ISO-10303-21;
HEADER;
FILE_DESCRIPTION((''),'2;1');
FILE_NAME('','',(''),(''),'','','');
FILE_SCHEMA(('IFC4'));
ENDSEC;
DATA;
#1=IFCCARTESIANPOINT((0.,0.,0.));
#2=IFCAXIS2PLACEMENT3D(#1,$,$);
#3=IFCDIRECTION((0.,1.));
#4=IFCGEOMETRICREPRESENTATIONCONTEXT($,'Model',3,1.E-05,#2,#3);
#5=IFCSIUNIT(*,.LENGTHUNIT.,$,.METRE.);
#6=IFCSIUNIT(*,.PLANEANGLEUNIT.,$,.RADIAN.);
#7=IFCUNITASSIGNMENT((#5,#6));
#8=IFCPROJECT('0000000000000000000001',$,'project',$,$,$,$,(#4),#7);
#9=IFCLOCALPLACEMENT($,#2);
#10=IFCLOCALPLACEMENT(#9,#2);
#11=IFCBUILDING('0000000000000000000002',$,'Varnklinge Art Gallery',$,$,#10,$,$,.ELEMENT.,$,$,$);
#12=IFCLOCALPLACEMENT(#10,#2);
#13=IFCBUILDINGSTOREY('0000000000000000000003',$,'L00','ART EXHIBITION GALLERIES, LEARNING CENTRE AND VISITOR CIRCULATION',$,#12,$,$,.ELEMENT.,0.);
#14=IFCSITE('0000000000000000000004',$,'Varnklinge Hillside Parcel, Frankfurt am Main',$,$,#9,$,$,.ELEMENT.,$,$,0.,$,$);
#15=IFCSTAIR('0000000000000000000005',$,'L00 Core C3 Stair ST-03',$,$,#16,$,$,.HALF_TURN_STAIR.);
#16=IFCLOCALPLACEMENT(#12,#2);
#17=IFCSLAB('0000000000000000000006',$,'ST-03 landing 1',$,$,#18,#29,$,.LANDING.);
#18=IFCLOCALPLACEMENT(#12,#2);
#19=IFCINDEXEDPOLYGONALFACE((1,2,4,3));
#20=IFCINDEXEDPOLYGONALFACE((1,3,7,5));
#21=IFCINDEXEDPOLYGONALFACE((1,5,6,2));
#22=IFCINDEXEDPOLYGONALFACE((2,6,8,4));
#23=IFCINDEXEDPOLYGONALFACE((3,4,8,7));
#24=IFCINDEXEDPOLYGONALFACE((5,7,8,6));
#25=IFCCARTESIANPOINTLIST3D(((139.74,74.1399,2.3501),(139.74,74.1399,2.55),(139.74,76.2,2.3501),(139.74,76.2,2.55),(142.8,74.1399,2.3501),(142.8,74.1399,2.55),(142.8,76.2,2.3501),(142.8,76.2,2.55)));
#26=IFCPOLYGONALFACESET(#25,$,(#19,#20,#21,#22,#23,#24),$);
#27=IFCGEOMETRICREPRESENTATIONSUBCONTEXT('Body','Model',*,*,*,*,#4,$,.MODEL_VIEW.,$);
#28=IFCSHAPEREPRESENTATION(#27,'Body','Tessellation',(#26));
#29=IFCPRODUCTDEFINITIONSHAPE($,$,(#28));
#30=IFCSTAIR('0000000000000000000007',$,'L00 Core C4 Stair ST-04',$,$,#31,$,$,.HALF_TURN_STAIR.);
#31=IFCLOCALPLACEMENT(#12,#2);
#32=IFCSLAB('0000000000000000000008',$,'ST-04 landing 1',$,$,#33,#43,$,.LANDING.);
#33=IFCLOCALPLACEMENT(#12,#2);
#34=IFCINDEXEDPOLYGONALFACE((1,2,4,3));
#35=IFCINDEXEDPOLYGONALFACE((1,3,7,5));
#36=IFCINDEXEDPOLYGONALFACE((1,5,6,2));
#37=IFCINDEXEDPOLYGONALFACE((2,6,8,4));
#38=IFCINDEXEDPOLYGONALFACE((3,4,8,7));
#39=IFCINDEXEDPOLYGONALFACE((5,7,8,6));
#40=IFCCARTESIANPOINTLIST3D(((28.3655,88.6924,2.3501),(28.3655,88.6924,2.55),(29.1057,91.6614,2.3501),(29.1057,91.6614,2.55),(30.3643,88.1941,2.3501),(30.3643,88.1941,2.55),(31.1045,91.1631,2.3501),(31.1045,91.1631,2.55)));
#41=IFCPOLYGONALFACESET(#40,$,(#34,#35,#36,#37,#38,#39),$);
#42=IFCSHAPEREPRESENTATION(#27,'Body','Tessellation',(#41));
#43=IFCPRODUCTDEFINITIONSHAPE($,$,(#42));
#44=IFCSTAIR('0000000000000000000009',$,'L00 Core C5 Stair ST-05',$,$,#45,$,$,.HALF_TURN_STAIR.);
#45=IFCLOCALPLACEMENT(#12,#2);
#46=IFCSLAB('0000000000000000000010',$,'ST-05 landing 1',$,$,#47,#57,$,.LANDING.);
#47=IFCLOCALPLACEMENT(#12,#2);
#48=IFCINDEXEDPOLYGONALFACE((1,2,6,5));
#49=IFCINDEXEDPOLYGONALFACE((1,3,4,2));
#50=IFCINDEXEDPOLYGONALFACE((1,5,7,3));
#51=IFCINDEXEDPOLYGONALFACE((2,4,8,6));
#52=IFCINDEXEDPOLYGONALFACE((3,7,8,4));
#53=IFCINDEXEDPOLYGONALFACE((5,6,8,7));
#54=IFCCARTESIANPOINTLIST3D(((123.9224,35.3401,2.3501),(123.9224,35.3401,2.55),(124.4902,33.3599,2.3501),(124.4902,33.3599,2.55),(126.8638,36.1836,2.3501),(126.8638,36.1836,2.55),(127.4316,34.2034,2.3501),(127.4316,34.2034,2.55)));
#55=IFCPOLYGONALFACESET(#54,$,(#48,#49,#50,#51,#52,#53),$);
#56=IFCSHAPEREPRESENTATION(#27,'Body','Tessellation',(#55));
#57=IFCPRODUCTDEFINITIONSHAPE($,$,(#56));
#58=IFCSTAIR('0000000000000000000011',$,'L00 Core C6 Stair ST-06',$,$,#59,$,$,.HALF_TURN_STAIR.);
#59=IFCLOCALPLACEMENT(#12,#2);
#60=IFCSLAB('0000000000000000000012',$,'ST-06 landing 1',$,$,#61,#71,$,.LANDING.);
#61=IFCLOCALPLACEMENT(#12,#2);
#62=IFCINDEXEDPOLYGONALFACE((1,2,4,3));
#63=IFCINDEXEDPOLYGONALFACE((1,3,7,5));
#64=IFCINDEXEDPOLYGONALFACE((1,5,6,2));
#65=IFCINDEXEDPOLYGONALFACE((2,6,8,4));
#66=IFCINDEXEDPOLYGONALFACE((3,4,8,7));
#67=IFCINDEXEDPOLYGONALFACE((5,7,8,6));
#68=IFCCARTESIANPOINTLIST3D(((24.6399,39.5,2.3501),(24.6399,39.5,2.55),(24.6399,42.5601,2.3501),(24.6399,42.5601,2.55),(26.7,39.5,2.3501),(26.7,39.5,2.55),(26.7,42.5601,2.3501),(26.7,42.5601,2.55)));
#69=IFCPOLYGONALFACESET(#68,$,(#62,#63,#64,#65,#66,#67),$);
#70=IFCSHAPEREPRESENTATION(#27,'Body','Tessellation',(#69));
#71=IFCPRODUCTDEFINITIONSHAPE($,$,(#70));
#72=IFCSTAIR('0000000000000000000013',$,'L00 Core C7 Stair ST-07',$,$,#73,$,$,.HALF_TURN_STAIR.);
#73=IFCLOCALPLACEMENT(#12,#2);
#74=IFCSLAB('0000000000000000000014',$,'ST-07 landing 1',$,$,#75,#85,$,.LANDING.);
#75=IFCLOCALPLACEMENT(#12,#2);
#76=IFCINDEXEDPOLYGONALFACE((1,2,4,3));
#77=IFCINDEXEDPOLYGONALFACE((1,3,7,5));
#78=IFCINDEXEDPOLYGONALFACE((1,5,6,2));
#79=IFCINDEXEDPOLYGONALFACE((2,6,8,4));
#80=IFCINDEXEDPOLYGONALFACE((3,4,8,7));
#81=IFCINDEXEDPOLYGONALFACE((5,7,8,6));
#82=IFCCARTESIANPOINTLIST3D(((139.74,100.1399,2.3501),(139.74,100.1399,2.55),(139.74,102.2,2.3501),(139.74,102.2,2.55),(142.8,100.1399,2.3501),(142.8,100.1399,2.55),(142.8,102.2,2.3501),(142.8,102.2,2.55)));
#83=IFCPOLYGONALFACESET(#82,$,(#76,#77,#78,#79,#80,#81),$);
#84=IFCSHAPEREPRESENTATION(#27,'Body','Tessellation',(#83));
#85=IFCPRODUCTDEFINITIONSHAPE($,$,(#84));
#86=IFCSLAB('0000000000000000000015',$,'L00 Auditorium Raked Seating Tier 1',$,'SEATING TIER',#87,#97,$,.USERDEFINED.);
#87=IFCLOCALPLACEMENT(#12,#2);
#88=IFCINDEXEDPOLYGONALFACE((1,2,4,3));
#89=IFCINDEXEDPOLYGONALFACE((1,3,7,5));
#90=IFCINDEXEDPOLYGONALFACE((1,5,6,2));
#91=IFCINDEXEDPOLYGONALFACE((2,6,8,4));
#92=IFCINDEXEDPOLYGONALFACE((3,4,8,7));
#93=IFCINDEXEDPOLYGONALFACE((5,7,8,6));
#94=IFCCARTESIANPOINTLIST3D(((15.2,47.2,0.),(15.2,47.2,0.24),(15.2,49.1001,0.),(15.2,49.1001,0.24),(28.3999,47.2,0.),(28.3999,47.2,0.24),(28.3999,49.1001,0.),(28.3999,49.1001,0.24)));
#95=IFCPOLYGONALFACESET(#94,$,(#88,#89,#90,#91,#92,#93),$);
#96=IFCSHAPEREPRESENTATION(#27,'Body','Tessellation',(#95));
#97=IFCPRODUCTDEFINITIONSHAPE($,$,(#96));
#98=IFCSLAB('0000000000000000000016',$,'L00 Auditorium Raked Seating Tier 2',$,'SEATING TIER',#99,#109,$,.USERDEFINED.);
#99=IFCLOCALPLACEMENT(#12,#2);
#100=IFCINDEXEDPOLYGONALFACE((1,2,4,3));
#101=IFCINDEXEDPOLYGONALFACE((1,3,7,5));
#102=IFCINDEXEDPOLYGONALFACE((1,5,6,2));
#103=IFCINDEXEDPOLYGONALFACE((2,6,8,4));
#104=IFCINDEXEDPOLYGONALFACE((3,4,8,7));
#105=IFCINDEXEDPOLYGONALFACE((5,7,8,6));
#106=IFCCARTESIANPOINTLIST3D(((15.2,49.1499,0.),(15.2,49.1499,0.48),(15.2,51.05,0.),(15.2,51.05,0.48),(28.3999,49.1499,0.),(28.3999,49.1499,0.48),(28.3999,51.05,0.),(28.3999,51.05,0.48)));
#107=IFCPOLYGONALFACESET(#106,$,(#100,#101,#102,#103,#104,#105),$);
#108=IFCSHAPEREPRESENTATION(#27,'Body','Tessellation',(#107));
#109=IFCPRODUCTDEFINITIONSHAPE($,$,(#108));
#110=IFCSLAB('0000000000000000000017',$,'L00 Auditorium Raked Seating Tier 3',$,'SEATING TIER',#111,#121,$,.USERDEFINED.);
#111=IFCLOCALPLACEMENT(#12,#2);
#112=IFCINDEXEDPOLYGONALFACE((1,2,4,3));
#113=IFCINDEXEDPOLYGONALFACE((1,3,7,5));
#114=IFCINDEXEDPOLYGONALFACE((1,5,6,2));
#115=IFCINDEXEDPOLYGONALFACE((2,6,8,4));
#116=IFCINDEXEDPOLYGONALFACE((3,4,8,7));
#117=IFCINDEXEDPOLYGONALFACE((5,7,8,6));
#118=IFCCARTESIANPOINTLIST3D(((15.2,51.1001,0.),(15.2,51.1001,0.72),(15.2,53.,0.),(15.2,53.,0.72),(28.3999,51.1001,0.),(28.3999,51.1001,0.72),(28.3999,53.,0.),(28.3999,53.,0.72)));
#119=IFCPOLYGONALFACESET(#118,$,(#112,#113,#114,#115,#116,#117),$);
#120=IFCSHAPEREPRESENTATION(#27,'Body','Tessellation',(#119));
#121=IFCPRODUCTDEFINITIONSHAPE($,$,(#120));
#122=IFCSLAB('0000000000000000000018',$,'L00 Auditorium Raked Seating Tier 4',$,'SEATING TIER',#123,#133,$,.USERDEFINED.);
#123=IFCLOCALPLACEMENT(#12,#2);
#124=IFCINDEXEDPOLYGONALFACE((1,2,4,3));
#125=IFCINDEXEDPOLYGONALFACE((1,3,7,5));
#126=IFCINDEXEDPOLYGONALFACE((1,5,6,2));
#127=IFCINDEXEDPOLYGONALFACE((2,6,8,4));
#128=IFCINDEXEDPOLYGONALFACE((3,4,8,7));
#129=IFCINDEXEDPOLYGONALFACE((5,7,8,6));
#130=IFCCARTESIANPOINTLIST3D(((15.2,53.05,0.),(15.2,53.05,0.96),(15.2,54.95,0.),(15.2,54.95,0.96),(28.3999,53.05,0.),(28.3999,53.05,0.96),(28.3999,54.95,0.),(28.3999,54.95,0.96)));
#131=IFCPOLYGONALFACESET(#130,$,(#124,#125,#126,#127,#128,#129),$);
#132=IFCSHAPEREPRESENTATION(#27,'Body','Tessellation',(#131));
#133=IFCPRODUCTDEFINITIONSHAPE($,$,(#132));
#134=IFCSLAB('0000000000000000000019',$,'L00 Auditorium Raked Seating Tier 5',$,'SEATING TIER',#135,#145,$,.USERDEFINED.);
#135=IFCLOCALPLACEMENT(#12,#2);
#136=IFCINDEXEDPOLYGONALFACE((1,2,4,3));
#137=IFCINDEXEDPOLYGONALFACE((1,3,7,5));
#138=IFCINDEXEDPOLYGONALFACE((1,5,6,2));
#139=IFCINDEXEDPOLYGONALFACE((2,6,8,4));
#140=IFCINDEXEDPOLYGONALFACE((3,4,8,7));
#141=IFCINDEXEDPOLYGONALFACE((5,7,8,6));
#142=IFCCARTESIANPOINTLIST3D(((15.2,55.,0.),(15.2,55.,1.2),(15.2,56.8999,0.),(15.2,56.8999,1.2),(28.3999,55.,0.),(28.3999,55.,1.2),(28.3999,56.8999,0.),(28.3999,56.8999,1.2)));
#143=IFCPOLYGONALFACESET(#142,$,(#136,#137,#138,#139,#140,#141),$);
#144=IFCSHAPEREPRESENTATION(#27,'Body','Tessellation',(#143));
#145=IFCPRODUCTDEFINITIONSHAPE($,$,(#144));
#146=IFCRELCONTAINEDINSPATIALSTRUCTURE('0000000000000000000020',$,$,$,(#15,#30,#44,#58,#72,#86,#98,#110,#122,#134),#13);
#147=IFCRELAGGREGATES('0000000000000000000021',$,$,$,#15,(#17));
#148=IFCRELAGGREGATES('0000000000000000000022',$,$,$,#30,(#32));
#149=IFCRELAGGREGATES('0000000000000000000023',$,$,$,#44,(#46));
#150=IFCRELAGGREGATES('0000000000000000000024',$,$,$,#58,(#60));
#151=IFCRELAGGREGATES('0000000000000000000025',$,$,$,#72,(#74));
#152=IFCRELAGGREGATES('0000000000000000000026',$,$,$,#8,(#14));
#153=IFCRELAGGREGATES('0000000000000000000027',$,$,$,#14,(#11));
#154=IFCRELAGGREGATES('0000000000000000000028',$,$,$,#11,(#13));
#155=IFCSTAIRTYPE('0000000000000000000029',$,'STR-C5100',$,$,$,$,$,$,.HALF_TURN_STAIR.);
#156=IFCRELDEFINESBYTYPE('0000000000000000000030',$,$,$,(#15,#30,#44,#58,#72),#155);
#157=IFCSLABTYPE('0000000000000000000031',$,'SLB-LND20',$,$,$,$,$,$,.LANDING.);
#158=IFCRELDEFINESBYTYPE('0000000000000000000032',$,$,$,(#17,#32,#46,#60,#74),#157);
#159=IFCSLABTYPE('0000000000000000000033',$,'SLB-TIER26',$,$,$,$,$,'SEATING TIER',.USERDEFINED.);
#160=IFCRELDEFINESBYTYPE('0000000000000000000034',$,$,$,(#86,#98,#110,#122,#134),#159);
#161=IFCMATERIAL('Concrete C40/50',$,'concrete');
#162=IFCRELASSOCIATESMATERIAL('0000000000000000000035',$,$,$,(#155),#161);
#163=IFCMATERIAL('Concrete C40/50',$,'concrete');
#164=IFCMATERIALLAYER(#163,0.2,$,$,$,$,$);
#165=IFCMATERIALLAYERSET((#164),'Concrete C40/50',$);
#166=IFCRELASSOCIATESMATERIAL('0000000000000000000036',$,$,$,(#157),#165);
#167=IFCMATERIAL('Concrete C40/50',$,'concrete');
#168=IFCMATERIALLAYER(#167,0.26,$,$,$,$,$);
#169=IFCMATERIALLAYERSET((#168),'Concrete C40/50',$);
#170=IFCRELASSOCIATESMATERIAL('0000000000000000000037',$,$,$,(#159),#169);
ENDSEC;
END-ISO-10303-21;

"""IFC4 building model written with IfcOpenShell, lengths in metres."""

from ifc_helpers import new_model, si_unit, direction, frame, origin, place, context, subcontext, project, spatial, polyline, outline, extrude, material, layer, layer_set, type_object, element, aggregate, save


model = new_model("IFC4")

# Units and contexts
model_context = context("Model", 3, precision=1e-05, world=origin(), true_north=direction((0.0, 1.0)))
body_context = subcontext(model_context, "Body", "Model", "MODEL_VIEW")
ifc_project = project(units=[si_unit("LENGTHUNIT", "METRE"), si_unit("PLANEANGLEUNIT", "RADIAN")], contexts=[model_context])

# Site, building, storey
site_placement = place(None, origin())
site = spatial("IfcSite", under=ifc_project, at=site_placement, Name="Varnklinge Hillside Parcel, Frankfurt am Main", CompositionType="ELEMENT", RefElevation=0.0)
building_placement = place(site_placement, origin())
building = spatial("IfcBuilding", under=site, at=building_placement, Name="Varnklinge Art Gallery", CompositionType="ELEMENT")
storey_placement = place(building_placement, origin())
storey = spatial("IfcBuildingStorey", under=building, at=storey_placement, Name="L00", Description="ART EXHIBITION GALLERIES, LEARNING CENTRE AND VISITOR CIRCULATION", CompositionType="ELEMENT", Elevation=0.0)

# Stairs, slabs
ifc_material_1 = material(Name="Concrete C40/50", Category="concrete")
stair_type = type_object("IfcStairType", Name="STR-C5100", PredefinedType="HALF_TURN_STAIR", material=ifc_material_1)
ifc_material_2 = material(Name="Concrete C40/50", Category="concrete")
ifc_layer_1 = layer(ifc_material_2, 0.2)
ifc_layer_set_1 = layer_set([ifc_layer_1], Name="Concrete C40/50")
slab_type_1 = type_object("IfcSlabType", Name="SLB-LND20", PredefinedType="LANDING", material=ifc_layer_set_1)
stair_1_placement = place(storey_placement, origin())
stair_1 = element("IfcStair", 1, at=stair_1_placement, inside=storey, type_object=stair_type, Name="L00 Core C3 Stair ST-03", PredefinedType="HALF_TURN_STAIR")
slab_1_placement = place(storey_placement, frame((0.0, 0.0, 2.3501)))
slab_1 = element("IfcSlab", 2, at=slab_1_placement, type_object=slab_type_1, Name="ST-03 landing 1", PredefinedType="LANDING", context=body_context, shape_type="SweptSolid", body=[
    extrude(outline(polyline([(142.8, 74.1399), (142.8, 76.2), (139.74, 76.2), (139.74, 74.1399), (142.8, 74.1399)])), origin(), (0.0, 0.0, 1.0), 0.2),
])
aggregate(stair_1, [slab_1])
stair_2_placement = place(storey_placement, origin())
stair_2 = element("IfcStair", 3, at=stair_2_placement, inside=storey, type_object=stair_type, Name="L00 Core C4 Stair ST-04", PredefinedType="HALF_TURN_STAIR")
slab_2_placement = place(storey_placement, frame((0.0, 0.0, 2.3501)))
slab_2 = element("IfcSlab", 4, at=slab_2_placement, type_object=slab_type_1, Name="ST-04 landing 1", PredefinedType="LANDING", context=body_context, shape_type="SweptSolid", body=[
    extrude(outline(polyline([(28.3655, 88.6924), (30.3643, 88.1941), (31.1045, 91.1631), (29.1057, 91.6614), (28.3655, 88.6924)])), origin(), (0.0, 0.0, 1.0), 0.2),
])
aggregate(stair_2, [slab_2])
stair_3_placement = place(storey_placement, origin())
stair_3 = element("IfcStair", 5, at=stair_3_placement, inside=storey, type_object=stair_type, Name="L00 Core C5 Stair ST-05", PredefinedType="HALF_TURN_STAIR")
slab_3_placement = place(storey_placement, frame((0.0, 0.0, 2.3501)))
slab_3 = element("IfcSlab", 6, at=slab_3_placement, type_object=slab_type_1, Name="ST-05 landing 1", PredefinedType="LANDING", context=body_context, shape_type="SweptSolid", body=[
    extrude(outline(polyline([(127.4316, 34.2034), (126.8638, 36.1836), (123.9224, 35.3401), (124.4902, 33.3599), (127.4316, 34.2034)])), origin(), (0.0, 0.0, 1.0), 0.2),
])
aggregate(stair_3, [slab_3])
stair_4_placement = place(storey_placement, origin())
stair_4 = element("IfcStair", 7, at=stair_4_placement, inside=storey, type_object=stair_type, Name="L00 Core C6 Stair ST-06", PredefinedType="HALF_TURN_STAIR")
slab_4_placement = place(storey_placement, frame((0.0, 0.0, 2.3501)))
slab_4 = element("IfcSlab", 8, at=slab_4_placement, type_object=slab_type_1, Name="ST-06 landing 1", PredefinedType="LANDING", context=body_context, shape_type="SweptSolid", body=[
    extrude(outline(polyline([(24.6399, 39.5), (26.7, 39.5), (26.7, 42.5601), (24.6399, 42.5601), (24.6399, 39.5)])), origin(), (0.0, 0.0, 1.0), 0.2),
])
aggregate(stair_4, [slab_4])
stair_5_placement = place(storey_placement, origin())
stair_5 = element("IfcStair", 9, at=stair_5_placement, inside=storey, type_object=stair_type, Name="L00 Core C7 Stair ST-07", PredefinedType="HALF_TURN_STAIR")
slab_5_placement = place(storey_placement, frame((0.0, 0.0, 2.3501)))
slab_5 = element("IfcSlab", 10, at=slab_5_placement, type_object=slab_type_1, Name="ST-07 landing 1", PredefinedType="LANDING", context=body_context, shape_type="SweptSolid", body=[
    extrude(outline(polyline([(142.8, 100.1399), (142.8, 102.2), (139.74, 102.2), (139.74, 100.1399), (142.8, 100.1399)])), origin(), (0.0, 0.0, 1.0), 0.2),
])
aggregate(stair_5, [slab_5])

# Slabs
ifc_material_3 = material(Name="Concrete C40/50", Category="concrete")
ifc_layer_2 = layer(ifc_material_3, 0.26)
ifc_layer_set_2 = layer_set([ifc_layer_2], Name="Concrete C40/50")
slab_type_2 = type_object("IfcSlabType", Name="SLB-TIER26", ElementType="SEATING TIER", PredefinedType="USERDEFINED", material=ifc_layer_set_2)
slab_6_placement = place(storey_placement, origin())
element("IfcSlab", 11, at=slab_6_placement, inside=storey, type_object=slab_type_2, Name="L00 Auditorium Raked Seating Tier 1", ObjectType="SEATING TIER", PredefinedType="USERDEFINED", context=body_context, shape_type="SweptSolid", body=[
    extrude(outline(polyline([(15.2, 47.2), (28.3999, 47.2), (28.3999, 49.1001), (15.2, 49.1001), (15.2, 47.2)])), origin(), (0.0, 0.0, 1.0), 0.24),
])
slab_7_placement = place(storey_placement, origin())
element("IfcSlab", 12, at=slab_7_placement, inside=storey, type_object=slab_type_2, Name="L00 Auditorium Raked Seating Tier 2", ObjectType="SEATING TIER", PredefinedType="USERDEFINED", context=body_context, shape_type="SweptSolid", body=[
    extrude(outline(polyline([(15.2, 49.1499), (28.3999, 49.1499), (28.3999, 51.05), (15.2, 51.05), (15.2, 49.1499)])), origin(), (0.0, 0.0, 1.0), 0.48),
])
slab_8_placement = place(storey_placement, origin())
element("IfcSlab", 13, at=slab_8_placement, inside=storey, type_object=slab_type_2, Name="L00 Auditorium Raked Seating Tier 3", ObjectType="SEATING TIER", PredefinedType="USERDEFINED", context=body_context, shape_type="SweptSolid", body=[
    extrude(outline(polyline([(15.2, 51.1001), (28.3999, 51.1001), (28.3999, 53.0), (15.2, 53.0), (15.2, 51.1001)])), origin(), (0.0, 0.0, 1.0), 0.72),
])
slab_9_placement = place(storey_placement, origin())
element("IfcSlab", 14, at=slab_9_placement, inside=storey, type_object=slab_type_2, Name="L00 Auditorium Raked Seating Tier 4", ObjectType="SEATING TIER", PredefinedType="USERDEFINED", context=body_context, shape_type="SweptSolid", body=[
    extrude(outline(polyline([(15.2, 53.05), (28.3999, 53.05), (28.3999, 54.95), (15.2, 54.95), (15.2, 53.05)])), origin(), (0.0, 0.0, 1.0), 0.96),
])
slab_10_placement = place(storey_placement, origin())
element("IfcSlab", 15, at=slab_10_placement, inside=storey, type_object=slab_type_2, Name="L00 Auditorium Raked Seating Tier 5", ObjectType="SEATING TIER", PredefinedType="USERDEFINED", context=body_context, shape_type="SweptSolid", body=[
    extrude(outline(polyline([(15.2, 55.0), (28.3999, 55.0), (28.3999, 56.8999), (15.2, 56.8999), (15.2, 55.0)])), origin(), (0.0, 0.0, 1.0), 1.2),
])

save(model, "model.ifc")
